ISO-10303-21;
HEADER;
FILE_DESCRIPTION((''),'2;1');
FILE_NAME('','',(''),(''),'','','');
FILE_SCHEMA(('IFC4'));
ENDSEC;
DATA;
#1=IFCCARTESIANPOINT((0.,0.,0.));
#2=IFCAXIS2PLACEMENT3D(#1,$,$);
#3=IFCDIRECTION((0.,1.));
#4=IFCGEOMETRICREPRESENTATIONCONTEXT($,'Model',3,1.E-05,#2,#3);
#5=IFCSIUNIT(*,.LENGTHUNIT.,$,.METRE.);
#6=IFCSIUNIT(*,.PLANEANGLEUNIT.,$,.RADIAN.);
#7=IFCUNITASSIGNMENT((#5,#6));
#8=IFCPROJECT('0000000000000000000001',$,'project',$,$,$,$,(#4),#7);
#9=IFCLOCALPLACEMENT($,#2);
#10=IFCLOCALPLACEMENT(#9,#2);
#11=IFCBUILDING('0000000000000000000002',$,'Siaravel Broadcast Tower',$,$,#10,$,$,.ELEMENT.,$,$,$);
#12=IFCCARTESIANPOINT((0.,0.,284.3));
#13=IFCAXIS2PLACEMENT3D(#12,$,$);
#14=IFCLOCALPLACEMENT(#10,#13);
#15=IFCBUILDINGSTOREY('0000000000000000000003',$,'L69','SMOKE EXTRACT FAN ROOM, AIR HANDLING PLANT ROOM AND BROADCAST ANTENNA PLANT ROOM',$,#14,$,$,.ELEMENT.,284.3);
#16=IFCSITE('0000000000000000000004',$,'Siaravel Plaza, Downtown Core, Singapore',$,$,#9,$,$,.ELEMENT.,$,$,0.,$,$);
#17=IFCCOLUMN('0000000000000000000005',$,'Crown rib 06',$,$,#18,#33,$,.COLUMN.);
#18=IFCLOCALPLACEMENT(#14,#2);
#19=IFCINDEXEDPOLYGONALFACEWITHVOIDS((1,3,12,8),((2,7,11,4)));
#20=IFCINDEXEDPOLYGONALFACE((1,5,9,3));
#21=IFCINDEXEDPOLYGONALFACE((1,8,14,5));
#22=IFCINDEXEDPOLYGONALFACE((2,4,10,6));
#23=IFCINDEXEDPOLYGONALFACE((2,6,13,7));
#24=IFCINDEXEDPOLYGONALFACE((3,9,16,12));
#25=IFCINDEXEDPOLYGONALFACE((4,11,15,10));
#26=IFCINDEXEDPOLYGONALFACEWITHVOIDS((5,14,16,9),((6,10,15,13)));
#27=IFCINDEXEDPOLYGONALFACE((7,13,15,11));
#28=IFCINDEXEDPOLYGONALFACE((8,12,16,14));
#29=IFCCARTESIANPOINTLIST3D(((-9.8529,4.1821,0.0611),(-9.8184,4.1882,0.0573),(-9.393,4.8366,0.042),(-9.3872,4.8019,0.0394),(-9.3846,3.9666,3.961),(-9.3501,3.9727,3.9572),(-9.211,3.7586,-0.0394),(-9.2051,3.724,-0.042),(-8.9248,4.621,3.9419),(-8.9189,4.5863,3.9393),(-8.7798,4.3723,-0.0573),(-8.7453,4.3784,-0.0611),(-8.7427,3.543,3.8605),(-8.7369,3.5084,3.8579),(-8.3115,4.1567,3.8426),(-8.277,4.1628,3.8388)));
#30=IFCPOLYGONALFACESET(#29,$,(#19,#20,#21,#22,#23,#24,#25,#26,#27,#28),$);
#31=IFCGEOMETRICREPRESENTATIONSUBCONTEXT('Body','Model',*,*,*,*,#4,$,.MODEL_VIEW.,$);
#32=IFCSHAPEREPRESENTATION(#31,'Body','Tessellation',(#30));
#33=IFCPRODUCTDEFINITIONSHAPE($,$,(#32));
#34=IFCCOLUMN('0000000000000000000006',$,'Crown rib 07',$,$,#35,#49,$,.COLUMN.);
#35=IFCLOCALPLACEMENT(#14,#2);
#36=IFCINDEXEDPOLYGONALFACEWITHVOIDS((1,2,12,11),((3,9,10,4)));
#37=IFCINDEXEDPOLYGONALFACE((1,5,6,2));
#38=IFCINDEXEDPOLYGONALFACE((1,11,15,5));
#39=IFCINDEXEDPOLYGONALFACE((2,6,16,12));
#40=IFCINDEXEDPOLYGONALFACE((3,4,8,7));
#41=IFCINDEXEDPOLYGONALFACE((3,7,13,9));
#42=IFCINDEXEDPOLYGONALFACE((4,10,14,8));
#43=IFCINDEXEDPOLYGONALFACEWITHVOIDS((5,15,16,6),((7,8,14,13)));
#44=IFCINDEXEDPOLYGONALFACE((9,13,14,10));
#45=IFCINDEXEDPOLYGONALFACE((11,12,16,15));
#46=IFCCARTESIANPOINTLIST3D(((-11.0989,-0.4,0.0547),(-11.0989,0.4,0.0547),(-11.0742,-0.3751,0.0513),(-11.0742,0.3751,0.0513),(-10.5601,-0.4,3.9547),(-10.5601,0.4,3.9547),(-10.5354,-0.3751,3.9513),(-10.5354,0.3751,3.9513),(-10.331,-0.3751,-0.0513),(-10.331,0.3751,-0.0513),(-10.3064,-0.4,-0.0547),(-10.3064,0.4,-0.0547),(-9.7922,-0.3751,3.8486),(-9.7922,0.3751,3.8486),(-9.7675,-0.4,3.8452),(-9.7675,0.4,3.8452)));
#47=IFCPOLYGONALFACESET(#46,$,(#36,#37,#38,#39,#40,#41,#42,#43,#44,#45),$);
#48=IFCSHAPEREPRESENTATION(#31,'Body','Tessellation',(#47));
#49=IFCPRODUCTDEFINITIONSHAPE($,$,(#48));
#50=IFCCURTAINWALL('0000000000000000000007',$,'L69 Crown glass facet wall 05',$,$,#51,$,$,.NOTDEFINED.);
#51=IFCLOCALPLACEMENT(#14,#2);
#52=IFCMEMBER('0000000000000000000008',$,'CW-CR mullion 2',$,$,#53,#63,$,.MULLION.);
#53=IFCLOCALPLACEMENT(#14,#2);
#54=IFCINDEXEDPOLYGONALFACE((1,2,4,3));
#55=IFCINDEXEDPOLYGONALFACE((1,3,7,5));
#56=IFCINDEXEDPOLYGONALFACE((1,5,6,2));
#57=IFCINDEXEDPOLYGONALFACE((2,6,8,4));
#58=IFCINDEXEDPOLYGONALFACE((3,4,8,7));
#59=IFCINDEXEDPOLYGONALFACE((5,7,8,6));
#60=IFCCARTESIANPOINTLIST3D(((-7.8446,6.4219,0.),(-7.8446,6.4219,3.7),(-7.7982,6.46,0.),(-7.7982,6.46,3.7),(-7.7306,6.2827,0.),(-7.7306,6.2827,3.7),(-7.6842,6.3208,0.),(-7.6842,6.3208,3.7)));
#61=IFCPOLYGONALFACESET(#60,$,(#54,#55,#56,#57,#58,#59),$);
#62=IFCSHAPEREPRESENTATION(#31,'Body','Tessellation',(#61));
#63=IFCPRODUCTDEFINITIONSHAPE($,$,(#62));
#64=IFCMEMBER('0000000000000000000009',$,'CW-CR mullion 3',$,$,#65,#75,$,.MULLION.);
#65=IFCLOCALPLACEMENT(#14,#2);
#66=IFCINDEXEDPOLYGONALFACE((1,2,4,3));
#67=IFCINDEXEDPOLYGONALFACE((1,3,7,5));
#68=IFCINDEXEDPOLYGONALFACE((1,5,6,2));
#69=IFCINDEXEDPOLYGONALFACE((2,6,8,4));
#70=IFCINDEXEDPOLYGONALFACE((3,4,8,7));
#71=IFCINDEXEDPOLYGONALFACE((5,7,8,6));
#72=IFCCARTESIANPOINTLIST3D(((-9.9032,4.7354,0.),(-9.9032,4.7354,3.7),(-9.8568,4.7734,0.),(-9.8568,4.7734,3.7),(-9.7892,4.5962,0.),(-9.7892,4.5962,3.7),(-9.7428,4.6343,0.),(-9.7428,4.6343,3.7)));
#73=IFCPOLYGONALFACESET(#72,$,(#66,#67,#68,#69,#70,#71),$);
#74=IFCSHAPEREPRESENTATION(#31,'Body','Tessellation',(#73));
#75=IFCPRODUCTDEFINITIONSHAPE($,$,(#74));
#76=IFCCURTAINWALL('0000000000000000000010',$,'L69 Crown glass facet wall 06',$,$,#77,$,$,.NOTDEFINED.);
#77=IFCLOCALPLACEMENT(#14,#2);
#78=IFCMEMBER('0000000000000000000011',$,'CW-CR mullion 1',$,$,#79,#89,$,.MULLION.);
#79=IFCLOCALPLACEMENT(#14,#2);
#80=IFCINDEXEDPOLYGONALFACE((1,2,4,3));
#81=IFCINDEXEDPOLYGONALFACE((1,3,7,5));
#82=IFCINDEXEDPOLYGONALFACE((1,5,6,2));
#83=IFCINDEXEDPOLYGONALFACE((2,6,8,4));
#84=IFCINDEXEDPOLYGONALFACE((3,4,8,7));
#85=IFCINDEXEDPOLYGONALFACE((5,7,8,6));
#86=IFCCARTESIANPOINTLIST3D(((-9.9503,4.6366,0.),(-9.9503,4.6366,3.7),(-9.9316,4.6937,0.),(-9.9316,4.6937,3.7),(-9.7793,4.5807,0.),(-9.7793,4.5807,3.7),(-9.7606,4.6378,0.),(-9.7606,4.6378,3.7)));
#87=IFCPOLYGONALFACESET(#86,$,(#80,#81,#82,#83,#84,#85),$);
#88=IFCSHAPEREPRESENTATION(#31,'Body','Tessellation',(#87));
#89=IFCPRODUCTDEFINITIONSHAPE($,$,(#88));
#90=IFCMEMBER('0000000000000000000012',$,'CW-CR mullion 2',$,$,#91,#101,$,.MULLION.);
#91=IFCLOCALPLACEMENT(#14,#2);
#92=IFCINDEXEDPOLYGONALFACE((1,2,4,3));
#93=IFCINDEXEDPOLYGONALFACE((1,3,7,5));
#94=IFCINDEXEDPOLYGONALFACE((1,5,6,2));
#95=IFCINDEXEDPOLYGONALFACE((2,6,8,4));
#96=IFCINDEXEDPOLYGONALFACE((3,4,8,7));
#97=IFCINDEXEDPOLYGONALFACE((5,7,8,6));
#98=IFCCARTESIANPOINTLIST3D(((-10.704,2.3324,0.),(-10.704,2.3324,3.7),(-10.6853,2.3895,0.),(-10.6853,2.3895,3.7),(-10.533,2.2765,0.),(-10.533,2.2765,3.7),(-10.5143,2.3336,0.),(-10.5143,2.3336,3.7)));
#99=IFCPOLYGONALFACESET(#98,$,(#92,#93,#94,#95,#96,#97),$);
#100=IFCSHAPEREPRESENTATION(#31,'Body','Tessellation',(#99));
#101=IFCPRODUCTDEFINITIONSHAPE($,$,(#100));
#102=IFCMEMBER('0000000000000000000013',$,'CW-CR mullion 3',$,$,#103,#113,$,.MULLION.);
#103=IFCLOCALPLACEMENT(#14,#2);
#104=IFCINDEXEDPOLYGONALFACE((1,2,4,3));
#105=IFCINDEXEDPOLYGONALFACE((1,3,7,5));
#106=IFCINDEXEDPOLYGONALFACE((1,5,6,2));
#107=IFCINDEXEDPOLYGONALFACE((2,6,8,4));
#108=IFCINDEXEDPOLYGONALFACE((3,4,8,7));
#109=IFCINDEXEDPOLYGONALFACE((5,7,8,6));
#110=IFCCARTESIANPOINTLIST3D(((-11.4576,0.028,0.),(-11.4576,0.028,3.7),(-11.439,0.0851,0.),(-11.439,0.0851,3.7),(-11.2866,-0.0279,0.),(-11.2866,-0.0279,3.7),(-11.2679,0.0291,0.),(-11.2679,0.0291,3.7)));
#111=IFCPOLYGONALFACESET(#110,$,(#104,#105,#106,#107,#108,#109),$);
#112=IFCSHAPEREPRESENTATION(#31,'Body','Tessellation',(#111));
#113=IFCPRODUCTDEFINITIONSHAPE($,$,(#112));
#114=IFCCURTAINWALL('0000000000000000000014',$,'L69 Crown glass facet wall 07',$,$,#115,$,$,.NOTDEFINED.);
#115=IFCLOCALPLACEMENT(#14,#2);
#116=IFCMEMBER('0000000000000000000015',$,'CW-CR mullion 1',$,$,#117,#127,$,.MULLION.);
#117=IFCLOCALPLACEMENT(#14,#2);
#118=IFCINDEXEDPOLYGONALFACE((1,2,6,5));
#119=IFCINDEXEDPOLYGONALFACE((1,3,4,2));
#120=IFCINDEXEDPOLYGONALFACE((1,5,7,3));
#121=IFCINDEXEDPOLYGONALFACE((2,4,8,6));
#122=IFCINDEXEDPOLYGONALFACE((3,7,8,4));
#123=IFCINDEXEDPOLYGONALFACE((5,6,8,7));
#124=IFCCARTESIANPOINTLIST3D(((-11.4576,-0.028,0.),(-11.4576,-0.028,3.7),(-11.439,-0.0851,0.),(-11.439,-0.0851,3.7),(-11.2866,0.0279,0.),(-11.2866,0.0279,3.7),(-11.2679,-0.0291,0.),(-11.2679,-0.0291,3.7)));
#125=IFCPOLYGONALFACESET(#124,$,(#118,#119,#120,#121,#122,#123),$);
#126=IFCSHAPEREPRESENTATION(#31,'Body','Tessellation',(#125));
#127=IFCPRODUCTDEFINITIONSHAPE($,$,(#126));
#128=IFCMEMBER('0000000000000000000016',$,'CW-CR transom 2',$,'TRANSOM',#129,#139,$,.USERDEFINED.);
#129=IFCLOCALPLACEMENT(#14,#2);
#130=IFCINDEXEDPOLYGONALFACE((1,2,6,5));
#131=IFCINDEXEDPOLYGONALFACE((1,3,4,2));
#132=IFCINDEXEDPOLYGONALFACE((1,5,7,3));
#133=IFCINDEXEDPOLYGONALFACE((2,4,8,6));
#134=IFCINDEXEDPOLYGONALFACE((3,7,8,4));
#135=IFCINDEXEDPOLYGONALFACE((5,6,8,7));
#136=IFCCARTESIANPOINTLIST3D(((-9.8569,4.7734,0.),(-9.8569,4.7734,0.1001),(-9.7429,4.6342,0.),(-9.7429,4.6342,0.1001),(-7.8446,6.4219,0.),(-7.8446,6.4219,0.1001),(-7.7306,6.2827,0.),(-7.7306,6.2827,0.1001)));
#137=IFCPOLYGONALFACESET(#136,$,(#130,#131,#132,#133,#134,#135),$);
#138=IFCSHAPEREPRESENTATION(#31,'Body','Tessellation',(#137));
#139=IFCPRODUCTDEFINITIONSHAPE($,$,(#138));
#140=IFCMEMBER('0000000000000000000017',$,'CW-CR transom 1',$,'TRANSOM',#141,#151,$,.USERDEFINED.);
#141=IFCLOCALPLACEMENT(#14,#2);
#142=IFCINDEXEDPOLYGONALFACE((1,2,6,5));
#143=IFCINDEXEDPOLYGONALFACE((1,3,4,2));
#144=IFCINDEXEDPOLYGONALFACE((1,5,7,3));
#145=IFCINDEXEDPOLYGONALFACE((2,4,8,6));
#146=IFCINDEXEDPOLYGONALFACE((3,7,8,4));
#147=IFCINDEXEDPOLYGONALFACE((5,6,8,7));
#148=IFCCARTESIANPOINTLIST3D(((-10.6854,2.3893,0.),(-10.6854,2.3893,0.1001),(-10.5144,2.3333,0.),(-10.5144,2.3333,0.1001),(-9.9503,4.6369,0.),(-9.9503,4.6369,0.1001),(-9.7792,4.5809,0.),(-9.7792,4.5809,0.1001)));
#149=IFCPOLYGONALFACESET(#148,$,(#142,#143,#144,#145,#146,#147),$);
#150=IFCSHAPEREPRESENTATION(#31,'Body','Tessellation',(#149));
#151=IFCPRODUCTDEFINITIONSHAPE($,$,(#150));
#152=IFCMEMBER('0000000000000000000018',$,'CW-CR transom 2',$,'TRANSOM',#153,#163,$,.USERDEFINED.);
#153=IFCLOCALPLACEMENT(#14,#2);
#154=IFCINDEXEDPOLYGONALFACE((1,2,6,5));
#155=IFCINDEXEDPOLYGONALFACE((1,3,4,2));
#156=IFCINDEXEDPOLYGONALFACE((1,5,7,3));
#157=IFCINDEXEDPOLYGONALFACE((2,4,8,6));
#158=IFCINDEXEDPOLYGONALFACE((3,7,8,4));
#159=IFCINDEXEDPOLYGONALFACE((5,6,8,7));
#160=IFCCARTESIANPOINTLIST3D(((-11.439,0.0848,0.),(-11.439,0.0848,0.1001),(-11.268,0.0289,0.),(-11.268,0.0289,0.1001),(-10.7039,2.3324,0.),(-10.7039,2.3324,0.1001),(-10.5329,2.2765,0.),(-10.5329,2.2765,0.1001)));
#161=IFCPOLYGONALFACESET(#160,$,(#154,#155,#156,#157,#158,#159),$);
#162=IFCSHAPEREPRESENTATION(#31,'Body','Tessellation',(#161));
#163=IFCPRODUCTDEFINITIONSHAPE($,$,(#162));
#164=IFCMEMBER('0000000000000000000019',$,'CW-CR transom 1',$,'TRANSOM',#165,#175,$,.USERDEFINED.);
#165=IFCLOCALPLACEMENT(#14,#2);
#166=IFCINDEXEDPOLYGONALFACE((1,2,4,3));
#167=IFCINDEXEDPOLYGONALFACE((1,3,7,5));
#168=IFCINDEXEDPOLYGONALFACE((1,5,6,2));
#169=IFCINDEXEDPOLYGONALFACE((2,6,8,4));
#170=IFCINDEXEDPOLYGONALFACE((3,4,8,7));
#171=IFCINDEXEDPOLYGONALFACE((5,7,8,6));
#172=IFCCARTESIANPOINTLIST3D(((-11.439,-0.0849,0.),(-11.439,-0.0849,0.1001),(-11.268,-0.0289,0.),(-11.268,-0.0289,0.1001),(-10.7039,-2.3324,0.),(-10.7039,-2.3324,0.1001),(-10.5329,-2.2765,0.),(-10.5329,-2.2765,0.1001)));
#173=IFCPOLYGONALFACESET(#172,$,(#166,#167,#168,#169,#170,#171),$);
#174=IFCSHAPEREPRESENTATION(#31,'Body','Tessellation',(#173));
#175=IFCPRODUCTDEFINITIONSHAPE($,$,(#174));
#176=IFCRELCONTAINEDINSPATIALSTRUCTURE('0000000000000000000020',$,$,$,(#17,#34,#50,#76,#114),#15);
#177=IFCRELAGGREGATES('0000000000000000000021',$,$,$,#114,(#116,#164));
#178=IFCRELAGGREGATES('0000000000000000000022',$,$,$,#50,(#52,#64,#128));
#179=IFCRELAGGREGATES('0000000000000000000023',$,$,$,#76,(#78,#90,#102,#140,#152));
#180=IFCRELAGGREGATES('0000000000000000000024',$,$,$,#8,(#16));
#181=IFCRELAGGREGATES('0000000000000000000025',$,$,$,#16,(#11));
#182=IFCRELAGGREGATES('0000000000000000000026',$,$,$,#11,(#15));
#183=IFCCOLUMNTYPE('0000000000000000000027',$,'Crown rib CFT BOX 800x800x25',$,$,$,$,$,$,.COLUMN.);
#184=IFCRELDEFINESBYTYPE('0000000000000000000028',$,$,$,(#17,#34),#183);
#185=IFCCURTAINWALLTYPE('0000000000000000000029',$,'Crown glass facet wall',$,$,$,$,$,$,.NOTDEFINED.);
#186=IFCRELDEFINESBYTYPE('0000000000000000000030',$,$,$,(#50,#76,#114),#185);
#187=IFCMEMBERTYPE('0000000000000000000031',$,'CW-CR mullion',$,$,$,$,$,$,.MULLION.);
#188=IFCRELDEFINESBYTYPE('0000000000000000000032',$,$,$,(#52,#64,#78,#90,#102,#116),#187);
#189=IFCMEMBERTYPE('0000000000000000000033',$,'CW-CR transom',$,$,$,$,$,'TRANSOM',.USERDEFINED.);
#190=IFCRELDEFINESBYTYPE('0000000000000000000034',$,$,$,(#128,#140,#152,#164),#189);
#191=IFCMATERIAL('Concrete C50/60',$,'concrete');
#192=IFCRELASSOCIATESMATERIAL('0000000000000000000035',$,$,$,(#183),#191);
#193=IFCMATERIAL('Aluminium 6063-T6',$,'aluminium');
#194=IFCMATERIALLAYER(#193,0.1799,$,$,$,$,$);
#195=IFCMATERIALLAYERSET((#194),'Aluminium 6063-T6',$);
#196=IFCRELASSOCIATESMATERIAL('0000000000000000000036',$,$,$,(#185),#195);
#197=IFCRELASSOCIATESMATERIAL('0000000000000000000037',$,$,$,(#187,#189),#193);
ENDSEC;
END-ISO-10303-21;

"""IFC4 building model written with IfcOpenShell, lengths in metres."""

from ifc_helpers import new_model, si_unit, direction, frame, origin, origin_2d, place, context, subcontext, project, spatial, rectangle, hollow_rectangle, extrude, material, layer, layer_set, material_profile, profile_set, type_object, element, aggregate, save


model = new_model("IFC4")

# Units and contexts
model_context = context("Model", 3, precision=1e-05, world=origin(), true_north=direction((0.0, 1.0)))
body_context = subcontext(model_context, "Body", "Model", "MODEL_VIEW")
ifc_project = project(units=[si_unit("LENGTHUNIT", "METRE"), si_unit("PLANEANGLEUNIT", "RADIAN")], contexts=[model_context])

# Site, building, storey
site_placement = place(None, origin())
site = spatial("IfcSite", under=ifc_project, at=site_placement, Name="Siaravel Plaza, Downtown Core, Singapore", CompositionType="ELEMENT", RefElevation=0.0)
building_placement = place(site_placement, origin())
building = spatial("IfcBuilding", under=site, at=building_placement, Name="Siaravel Broadcast Tower", CompositionType="ELEMENT")
storey_placement = place(building_placement, frame((0.0, 0.0, 284.3)))
storey = spatial("IfcBuildingStorey", under=building, at=storey_placement, Name="L69", Description="SMOKE EXTRACT FAN ROOM, AIR HANDLING PLANT ROOM AND BROADCAST ANTENNA PLANT ROOM", CompositionType="ELEMENT", Elevation=284.3)

# Columns
ifc_material_1 = material(Name="Concrete C50/60", Category="concrete")
ifc_material_profile_1 = material_profile(ifc_material_1, hollow_rectangle(XDim=0.8, YDim=0.8, WallThickness=0.0249, at=origin_2d()))
ifc_profile_set_1 = profile_set([ifc_material_profile_1], Name="Concrete C50/60")
column_type = type_object("IfcColumnType", Name="Crown rib CFT BOX 800x800x25", PredefinedType="COLUMN", material=ifc_profile_set_1)
column_1_placement = place(storey_placement, frame((-9.2991, 4.2803, 0.0), z_axis=(0.119035, -0.054801, 0.991377), x_axis=(0.574756, 0.817979, -0.023795)))
element("IfcColumn", 1, at=column_1_placement, inside=storey, type_object=column_type, Name="Crown rib 06", PredefinedType="COLUMN", context=body_context, shape_type="SweptSolid", body=[
    extrude(hollow_rectangle(XDim=0.8, YDim=0.8, WallThickness=0.0249, at=origin_2d()), origin(), (0.0, 0.0, 1.0), 3.9338),
])
column_2_placement = place(storey_placement, frame((-10.7026, 0.0, 0.0), z_axis=(0.136862, 0.0, 0.99059), x_axis=(0.0, 1.0, 0.0)))
element("IfcColumn", 2, at=column_2_placement, inside=storey, type_object=column_type, Name="Crown rib 07", PredefinedType="COLUMN", context=body_context, shape_type="SweptSolid", body=[
    extrude(hollow_rectangle(XDim=0.8, YDim=0.8, WallThickness=0.0249, at=origin_2d()), origin(), (0.0, 0.0, 1.0), 3.937),
])

# Curtain walls, members
ifc_material_2 = material(Name="Aluminium 6063-T6", Category="aluminium")
ifc_layer_1 = layer(ifc_material_2, 0.1799)
ifc_layer_set_1 = layer_set([ifc_layer_1], Name="Aluminium 6063-T6")
curtain_wall_type = type_object("IfcCurtainWallType", Name="Crown glass facet wall", PredefinedType="NOTDEFINED", material=ifc_layer_set_1)
curtain_wall_1_placement = place(storey_placement, origin())
curtain_wall_1 = element("IfcCurtainWall", 3, at=curtain_wall_1_placement, inside=storey, type_object=curtain_wall_type, Name="L69 Crown glass facet wall 05", PredefinedType="NOTDEFINED")
ifc_material_profile_2 = material_profile(ifc_material_2, rectangle(XDim=0.1799, YDim=0.0601, at=origin_2d()))
ifc_profile_set_2 = profile_set([ifc_material_profile_2], Name="Aluminium 6063-T6")
member_type_1 = type_object("IfcMemberType", Name="CW-CR mullion", PredefinedType="MULLION", material=ifc_profile_set_2)
member_1_placement = place(storey_placement, frame((-7.7644, 6.3713, 0.0), z_axis=(0.0, 0.0, 1.0), x_axis=(0.633718, -0.773564, 0.0)))
member_1 = element("IfcMember", 4, at=member_1_placement, type_object=member_type_1, Name="CW-CR mullion 2", PredefinedType="MULLION", context=body_context, shape_type="SweptSolid", body=[
    extrude(rectangle(XDim=0.1799, YDim=0.0601, at=origin_2d()), origin(), (0.0, 0.0, 1.0), 3.7),
])
member_2_placement = place(storey_placement, frame((-9.823, 4.6848, 0.0), z_axis=(0.0, 0.0, 1.0), x_axis=(0.633718, -0.773564, 0.0)))
member_2 = element("IfcMember", 5, at=member_2_placement, type_object=member_type_1, Name="CW-CR mullion 3", PredefinedType="MULLION", context=body_context, shape_type="SweptSolid", body=[
    extrude(rectangle(XDim=0.1799, YDim=0.0601, at=origin_2d()), origin(), (0.0, 0.0, 1.0), 3.7),
])
curtain_wall_2_placement = place(storey_placement, origin())
curtain_wall_2 = element("IfcCurtainWall", 6, at=curtain_wall_2_placement, inside=storey, type_object=curtain_wall_type, Name="L69 Crown glass facet wall 06", PredefinedType="NOTDEFINED")
member_3_placement = place(storey_placement, frame((-9.8555, 4.6372, 0.0), z_axis=(0.0, 0.0, 1.0), x_axis=(0.950457, -0.310855, 0.0)))
member_3 = element("IfcMember", 7, at=member_3_placement, type_object=member_type_1, Name="CW-CR mullion 1", PredefinedType="MULLION", context=body_context, shape_type="SweptSolid", body=[
    extrude(rectangle(XDim=0.1799, YDim=0.0601, at=origin_2d()), origin(), (0.0, 0.0, 1.0), 3.7),
])
member_4_placement = place(storey_placement, frame((-10.6091, 2.333, 0.0), z_axis=(0.0, 0.0, 1.0), x_axis=(0.950457, -0.310855, 0.0)))
member_4 = element("IfcMember", 8, at=member_4_placement, type_object=member_type_1, Name="CW-CR mullion 2", PredefinedType="MULLION", context=body_context, shape_type="SweptSolid", body=[
    extrude(rectangle(XDim=0.1799, YDim=0.0601, at=origin_2d()), origin(), (0.0, 0.0, 1.0), 3.7),
])
member_5_placement = place(storey_placement, frame((-11.3628, 0.0286, 0.0), z_axis=(0.0, 0.0, 1.0), x_axis=(0.950457, -0.310855, 0.0)))
member_5 = element("IfcMember", 9, at=member_5_placement, type_object=member_type_1, Name="CW-CR mullion 3", PredefinedType="MULLION", context=body_context, shape_type="SweptSolid", body=[
    extrude(rectangle(XDim=0.1799, YDim=0.0601, at=origin_2d()), origin(), (0.0, 0.0, 1.0), 3.7),
])

# Curtain wall, member
curtain_wall_3_placement = place(storey_placement, origin())
curtain_wall_3 = element("IfcCurtainWall", 10, at=curtain_wall_3_placement, inside=storey, type_object=curtain_wall_type, Name="L69 Crown glass facet wall 07", PredefinedType="NOTDEFINED")
member_6_placement = place(storey_placement, frame((-11.3628, -0.0286, 0.0), z_axis=(0.0, 0.0, 1.0), x_axis=(0.950457, 0.310855, 0.0)))
member_6 = element("IfcMember", 11, at=member_6_placement, type_object=member_type_1, Name="CW-CR mullion 1", PredefinedType="MULLION", context=body_context, shape_type="SweptSolid", body=[
    extrude(rectangle(XDim=0.1799, YDim=0.0601, at=origin_2d()), origin(), (0.0, 0.0, 1.0), 3.7),
])

# Members
ifc_material_profile_3 = material_profile(ifc_material_2, rectangle(XDim=0.1799, YDim=0.1001, at=origin_2d()))
ifc_profile_set_3 = profile_set([ifc_material_profile_3], Name="Aluminium 6063-T6")
member_type_2 = type_object("IfcMemberType", Name="CW-CR transom", ElementType="TRANSOM", PredefinedType="USERDEFINED", material=ifc_profile_set_3)
member_7_placement = place(storey_placement, frame((-7.7876, 6.3523, 0.05), z_axis=(-0.773564, -0.633718, 0.0), x_axis=(0.633718, -0.773564, 0.0)))
member_7 = element("IfcMember", 12, at=member_7_placement, type_object=member_type_2, Name="CW-CR transom 2", ObjectType="TRANSOM", PredefinedType="USERDEFINED", context=body_context, shape_type="SweptSolid", body=[
    extrude(rectangle(XDim=0.1799, YDim=0.1001, at=origin_2d()), origin(), (0.0, 0.0, 1.0), 2.6013),
])
member_8_placement = place(storey_placement, frame((-9.8647, 4.6089, 0.05), z_axis=(-0.310864, -0.950454, 0.0), x_axis=(0.950454, -0.310864, 0.0)))
member_8 = element("IfcMember", 13, at=member_8_placement, type_object=member_type_2, Name="CW-CR transom 1", ObjectType="TRANSOM", PredefinedType="USERDEFINED", context=body_context, shape_type="SweptSolid", body=[
    extrude(rectangle(XDim=0.1799, YDim=0.1001, at=origin_2d()), origin(), (0.0, 0.0, 1.0), 2.3647),
])
member_9_placement = place(storey_placement, frame((-10.6184, 2.3044, 0.05), z_axis=(-0.310864, -0.950454, 0.0), x_axis=(0.950454, -0.310864, 0.0)))
member_9 = element("IfcMember", 14, at=member_9_placement, type_object=member_type_2, Name="CW-CR transom 2", ObjectType="TRANSOM", PredefinedType="USERDEFINED", context=body_context, shape_type="SweptSolid", body=[
    extrude(rectangle(XDim=0.1799, YDim=0.1001, at=origin_2d()), origin(), (0.0, 0.0, 1.0), 2.3647),
])
member_10_placement = place(storey_placement, frame((-11.3535, -0.0569, 0.05), z_axis=(0.310864, -0.950454, 0.0), x_axis=(0.950454, 0.310864, 0.0)))
member_10 = element("IfcMember", 15, at=member_10_placement, type_object=member_type_2, Name="CW-CR transom 1", ObjectType="TRANSOM", PredefinedType="USERDEFINED", context=body_context, shape_type="SweptSolid", body=[
    extrude(rectangle(XDim=0.1799, YDim=0.1001, at=origin_2d()), origin(), (0.0, 0.0, 1.0), 2.3647),
])
aggregate(curtain_wall_3, [member_6, member_10])

aggregate(curtain_wall_1, [member_1, member_2, member_7])
aggregate(curtain_wall_2, [member_3, member_4, member_5, member_8, member_9])

save(model, "model.ifc")
